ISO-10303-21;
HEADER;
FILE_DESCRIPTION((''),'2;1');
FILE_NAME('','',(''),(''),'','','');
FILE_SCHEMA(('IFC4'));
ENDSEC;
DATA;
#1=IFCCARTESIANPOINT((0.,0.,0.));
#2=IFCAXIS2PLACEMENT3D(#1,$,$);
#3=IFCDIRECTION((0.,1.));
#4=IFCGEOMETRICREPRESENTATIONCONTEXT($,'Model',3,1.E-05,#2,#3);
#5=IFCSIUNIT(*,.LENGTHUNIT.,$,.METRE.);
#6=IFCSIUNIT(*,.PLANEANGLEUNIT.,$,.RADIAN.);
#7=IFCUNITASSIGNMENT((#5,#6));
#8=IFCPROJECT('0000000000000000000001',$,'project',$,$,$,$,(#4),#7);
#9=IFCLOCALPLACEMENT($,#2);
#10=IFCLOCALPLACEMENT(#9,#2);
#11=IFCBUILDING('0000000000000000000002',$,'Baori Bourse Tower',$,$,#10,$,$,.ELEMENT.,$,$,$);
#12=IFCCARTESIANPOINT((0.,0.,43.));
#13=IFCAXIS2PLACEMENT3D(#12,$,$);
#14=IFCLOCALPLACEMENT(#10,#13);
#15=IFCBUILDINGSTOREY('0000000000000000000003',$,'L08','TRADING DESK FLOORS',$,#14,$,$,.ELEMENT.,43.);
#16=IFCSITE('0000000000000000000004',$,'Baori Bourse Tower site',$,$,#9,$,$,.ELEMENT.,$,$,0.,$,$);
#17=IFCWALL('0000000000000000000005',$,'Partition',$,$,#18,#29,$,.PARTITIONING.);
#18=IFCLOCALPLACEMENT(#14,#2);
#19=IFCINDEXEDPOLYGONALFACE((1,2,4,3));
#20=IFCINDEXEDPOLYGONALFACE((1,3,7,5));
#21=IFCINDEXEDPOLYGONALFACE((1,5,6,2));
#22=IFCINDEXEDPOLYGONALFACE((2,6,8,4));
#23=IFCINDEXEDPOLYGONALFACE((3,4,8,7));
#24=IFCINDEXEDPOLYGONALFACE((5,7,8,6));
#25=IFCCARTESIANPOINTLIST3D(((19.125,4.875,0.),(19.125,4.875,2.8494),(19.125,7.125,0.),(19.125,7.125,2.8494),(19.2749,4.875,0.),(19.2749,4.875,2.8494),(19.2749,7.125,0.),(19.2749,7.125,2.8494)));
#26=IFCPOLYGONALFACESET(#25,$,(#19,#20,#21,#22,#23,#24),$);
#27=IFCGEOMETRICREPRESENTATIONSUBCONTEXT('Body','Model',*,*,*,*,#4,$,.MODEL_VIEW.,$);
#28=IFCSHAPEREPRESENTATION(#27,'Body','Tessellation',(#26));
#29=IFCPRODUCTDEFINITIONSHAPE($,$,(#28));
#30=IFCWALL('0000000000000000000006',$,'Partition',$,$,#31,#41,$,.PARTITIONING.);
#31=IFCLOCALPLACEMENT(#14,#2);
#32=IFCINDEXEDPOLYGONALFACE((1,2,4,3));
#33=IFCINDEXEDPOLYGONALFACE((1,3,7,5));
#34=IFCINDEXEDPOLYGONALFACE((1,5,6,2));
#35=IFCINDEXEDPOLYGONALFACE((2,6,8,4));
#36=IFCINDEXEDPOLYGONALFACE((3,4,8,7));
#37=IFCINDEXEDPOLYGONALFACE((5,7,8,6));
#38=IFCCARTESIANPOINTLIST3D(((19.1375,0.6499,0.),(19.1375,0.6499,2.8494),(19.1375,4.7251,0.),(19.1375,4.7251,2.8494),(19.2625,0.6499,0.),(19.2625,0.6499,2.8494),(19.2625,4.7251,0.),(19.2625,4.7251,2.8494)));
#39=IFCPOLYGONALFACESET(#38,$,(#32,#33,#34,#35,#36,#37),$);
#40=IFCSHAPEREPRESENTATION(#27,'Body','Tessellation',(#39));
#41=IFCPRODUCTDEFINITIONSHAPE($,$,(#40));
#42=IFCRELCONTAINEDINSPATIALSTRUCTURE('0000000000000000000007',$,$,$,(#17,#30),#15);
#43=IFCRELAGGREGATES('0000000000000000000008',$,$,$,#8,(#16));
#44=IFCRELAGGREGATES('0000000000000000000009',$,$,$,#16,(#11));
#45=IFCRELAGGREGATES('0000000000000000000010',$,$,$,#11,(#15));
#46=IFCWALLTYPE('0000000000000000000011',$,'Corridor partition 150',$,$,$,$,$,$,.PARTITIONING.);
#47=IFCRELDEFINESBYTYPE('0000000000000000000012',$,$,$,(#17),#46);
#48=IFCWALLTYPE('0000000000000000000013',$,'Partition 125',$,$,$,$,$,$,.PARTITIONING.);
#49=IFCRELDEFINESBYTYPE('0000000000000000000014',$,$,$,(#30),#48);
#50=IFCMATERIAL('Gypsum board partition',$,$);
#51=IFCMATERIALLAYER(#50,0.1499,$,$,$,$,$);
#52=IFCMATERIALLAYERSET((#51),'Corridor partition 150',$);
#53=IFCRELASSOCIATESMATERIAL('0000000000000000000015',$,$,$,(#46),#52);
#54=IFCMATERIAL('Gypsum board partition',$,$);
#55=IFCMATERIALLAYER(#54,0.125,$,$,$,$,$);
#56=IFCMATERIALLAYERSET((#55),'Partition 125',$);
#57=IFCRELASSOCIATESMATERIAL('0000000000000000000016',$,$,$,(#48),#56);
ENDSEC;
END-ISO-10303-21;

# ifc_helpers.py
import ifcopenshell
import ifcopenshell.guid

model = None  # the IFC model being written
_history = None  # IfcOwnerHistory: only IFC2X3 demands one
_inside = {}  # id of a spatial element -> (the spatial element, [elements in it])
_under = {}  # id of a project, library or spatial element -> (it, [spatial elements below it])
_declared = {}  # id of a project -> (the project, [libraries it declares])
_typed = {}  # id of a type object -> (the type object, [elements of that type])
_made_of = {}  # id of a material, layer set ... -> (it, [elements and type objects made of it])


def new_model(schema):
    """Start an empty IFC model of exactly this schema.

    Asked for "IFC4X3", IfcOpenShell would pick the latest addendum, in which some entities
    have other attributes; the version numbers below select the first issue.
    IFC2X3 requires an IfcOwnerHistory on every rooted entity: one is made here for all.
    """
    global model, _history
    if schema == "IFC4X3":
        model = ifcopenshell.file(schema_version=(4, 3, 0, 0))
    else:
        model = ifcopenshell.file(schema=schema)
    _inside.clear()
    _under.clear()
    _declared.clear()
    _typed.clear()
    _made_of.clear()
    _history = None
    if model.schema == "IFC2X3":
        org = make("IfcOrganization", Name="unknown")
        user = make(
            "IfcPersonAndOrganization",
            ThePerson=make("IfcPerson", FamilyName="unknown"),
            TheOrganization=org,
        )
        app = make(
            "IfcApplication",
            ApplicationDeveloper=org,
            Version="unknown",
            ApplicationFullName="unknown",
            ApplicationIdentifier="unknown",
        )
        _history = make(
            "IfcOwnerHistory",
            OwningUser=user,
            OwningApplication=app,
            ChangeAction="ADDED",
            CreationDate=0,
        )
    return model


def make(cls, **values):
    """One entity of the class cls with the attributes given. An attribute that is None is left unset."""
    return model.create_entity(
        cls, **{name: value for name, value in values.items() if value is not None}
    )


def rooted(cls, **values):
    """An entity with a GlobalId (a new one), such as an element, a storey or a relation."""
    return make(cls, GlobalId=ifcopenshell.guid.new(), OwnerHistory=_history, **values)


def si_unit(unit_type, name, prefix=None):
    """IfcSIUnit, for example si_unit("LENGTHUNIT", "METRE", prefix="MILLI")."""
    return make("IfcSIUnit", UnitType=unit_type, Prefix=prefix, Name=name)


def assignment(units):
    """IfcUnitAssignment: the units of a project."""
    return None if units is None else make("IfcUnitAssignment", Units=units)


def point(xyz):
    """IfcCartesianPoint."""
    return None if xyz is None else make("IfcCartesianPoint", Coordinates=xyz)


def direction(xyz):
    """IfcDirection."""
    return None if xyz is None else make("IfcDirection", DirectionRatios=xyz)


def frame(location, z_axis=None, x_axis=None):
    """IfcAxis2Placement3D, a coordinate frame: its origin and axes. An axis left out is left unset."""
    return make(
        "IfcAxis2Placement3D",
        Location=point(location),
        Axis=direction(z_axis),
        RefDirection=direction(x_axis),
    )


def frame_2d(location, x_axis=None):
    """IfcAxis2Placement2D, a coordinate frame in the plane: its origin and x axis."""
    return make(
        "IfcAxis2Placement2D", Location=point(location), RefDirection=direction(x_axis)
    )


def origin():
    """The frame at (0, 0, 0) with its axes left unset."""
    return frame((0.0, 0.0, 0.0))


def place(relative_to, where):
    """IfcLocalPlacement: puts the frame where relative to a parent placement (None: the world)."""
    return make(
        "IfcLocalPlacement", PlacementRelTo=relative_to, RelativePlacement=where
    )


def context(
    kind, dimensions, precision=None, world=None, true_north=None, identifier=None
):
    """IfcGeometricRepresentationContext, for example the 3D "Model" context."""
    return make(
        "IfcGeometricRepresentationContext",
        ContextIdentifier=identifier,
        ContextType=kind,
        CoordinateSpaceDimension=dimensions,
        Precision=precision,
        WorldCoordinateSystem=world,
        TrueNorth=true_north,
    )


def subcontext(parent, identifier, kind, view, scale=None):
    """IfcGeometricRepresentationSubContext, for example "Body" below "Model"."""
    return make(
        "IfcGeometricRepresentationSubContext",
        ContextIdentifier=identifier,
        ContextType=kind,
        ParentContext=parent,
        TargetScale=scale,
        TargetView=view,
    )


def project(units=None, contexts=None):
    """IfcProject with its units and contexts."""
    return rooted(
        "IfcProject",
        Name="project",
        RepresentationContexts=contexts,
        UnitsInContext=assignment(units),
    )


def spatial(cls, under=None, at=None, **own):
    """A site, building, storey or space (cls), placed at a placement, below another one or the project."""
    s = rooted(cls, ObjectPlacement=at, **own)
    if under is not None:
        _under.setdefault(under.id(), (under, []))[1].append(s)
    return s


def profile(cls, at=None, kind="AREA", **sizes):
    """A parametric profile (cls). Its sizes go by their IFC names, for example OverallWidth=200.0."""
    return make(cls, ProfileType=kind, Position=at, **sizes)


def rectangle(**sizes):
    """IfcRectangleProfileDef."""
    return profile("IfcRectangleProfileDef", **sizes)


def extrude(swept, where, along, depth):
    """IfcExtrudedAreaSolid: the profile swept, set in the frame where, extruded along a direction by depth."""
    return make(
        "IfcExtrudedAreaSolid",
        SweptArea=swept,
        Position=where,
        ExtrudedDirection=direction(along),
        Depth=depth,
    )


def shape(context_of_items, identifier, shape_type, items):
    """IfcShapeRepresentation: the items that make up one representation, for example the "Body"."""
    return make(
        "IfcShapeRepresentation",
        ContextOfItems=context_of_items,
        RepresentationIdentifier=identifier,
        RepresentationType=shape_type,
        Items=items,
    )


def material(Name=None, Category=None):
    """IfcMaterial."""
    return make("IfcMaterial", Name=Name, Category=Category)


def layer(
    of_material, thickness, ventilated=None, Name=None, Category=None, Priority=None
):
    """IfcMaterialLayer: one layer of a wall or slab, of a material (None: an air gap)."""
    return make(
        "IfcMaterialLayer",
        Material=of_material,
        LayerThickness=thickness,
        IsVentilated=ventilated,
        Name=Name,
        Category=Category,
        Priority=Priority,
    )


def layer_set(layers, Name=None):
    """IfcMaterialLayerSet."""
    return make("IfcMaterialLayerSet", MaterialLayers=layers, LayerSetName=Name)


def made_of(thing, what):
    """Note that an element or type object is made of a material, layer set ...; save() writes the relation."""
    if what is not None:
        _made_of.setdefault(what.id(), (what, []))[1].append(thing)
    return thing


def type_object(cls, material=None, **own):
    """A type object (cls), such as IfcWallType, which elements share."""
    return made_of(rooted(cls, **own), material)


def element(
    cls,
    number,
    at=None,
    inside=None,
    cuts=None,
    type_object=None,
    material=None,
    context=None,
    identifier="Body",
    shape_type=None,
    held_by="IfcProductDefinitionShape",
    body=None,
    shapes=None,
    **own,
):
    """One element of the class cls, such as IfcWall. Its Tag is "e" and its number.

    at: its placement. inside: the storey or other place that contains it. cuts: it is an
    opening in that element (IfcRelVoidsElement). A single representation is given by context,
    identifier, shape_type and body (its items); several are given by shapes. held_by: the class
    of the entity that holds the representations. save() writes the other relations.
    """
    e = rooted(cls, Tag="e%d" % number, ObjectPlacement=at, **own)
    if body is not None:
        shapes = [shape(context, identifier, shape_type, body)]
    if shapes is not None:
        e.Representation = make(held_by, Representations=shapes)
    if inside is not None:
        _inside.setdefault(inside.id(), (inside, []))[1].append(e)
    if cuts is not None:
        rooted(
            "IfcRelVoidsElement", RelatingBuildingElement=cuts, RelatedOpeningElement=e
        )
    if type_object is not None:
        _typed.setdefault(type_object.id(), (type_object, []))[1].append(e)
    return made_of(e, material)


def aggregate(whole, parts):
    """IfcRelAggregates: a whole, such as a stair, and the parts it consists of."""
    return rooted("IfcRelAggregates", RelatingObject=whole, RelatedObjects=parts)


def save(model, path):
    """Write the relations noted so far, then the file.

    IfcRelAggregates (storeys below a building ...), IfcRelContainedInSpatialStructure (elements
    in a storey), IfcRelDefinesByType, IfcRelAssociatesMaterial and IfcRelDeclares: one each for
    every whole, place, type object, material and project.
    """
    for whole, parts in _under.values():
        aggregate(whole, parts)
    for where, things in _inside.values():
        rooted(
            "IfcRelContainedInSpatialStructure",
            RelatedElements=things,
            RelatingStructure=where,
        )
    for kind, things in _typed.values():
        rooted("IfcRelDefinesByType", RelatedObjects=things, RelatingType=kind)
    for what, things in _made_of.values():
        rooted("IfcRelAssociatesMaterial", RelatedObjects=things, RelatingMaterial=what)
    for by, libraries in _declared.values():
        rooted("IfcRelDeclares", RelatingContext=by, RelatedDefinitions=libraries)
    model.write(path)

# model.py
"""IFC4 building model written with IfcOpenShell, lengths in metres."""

from ifc_helpers import new_model, si_unit, direction, frame, frame_2d, origin, place, context, subcontext, project, spatial, rectangle, extrude, material, layer, layer_set, type_object, element, save


model = new_model("IFC4")

# Units and contexts
model_context = context("Model", 3, precision=1e-05, world=origin(), true_north=direction((0.0, 1.0)))
body_context = subcontext(model_context, "Body", "Model", "MODEL_VIEW")
ifc_project = project(units=[si_unit("LENGTHUNIT", "METRE"), si_unit("PLANEANGLEUNIT", "RADIAN")], contexts=[model_context])

# Site, building, storey
site_placement = place(None, origin())
site = spatial("IfcSite", under=ifc_project, at=site_placement, Name="Baori Bourse Tower site", CompositionType="ELEMENT", RefElevation=0.0)
building_placement = place(site_placement, origin())
building = spatial("IfcBuilding", under=site, at=building_placement, Name="Baori Bourse Tower", CompositionType="ELEMENT")
storey_placement = place(building_placement, frame((0.0, 0.0, 43.0)))
storey = spatial("IfcBuildingStorey", under=building, at=storey_placement, Name="L08", Description="TRADING DESK FLOORS", CompositionType="ELEMENT", Elevation=43.0)

# Shared definitions
ifc_material_1 = material(Name="Gypsum board partition")
ifc_layer_1 = layer(ifc_material_1, 0.1499)
ifc_layer_set_1 = layer_set([ifc_layer_1], Name="Corridor partition 150")
wall_type_1 = type_object("IfcWallType", Name="Corridor partition 150", PredefinedType="PARTITIONING", material=ifc_layer_set_1)

# Walls
wall_1_placement = place(storey_placement, frame((19.2, 4.875, 0.0), z_axis=(0.0, 0.0, 1.0), x_axis=(0.0, 1.0, 0.0)))
element("IfcWall", 1, at=wall_1_placement, inside=storey, type_object=wall_type_1, Name="Partition", PredefinedType="PARTITIONING", context=body_context, shape_type="SweptSolid", body=[
    extrude(rectangle(XDim=2.25, YDim=0.1499, at=frame_2d((1.125, 0.0))), origin(), (0.0, 0.0, 1.0), 2.8494),
])
ifc_material_2 = material(Name="Gypsum board partition")
ifc_layer_2 = layer(ifc_material_2, 0.125)
ifc_layer_set_2 = layer_set([ifc_layer_2], Name="Partition 125")
wall_type_2 = type_object("IfcWallType", Name="Partition 125", PredefinedType="PARTITIONING", material=ifc_layer_set_2)
wall_2_placement = place(storey_placement, frame((19.2, 0.6499, 0.0), z_axis=(0.0, 0.0, 1.0), x_axis=(0.0, 1.0, 0.0)))
element("IfcWall", 2, at=wall_2_placement, inside=storey, type_object=wall_type_2, Name="Partition", PredefinedType="PARTITIONING", context=body_context, shape_type="SweptSolid", body=[
    extrude(rectangle(XDim=4.0752, YDim=0.125, at=frame_2d((2.0376, 0.0))), origin(), (0.0, 0.0, 1.0), 2.8494),
])

save(model, "model.ifc")
